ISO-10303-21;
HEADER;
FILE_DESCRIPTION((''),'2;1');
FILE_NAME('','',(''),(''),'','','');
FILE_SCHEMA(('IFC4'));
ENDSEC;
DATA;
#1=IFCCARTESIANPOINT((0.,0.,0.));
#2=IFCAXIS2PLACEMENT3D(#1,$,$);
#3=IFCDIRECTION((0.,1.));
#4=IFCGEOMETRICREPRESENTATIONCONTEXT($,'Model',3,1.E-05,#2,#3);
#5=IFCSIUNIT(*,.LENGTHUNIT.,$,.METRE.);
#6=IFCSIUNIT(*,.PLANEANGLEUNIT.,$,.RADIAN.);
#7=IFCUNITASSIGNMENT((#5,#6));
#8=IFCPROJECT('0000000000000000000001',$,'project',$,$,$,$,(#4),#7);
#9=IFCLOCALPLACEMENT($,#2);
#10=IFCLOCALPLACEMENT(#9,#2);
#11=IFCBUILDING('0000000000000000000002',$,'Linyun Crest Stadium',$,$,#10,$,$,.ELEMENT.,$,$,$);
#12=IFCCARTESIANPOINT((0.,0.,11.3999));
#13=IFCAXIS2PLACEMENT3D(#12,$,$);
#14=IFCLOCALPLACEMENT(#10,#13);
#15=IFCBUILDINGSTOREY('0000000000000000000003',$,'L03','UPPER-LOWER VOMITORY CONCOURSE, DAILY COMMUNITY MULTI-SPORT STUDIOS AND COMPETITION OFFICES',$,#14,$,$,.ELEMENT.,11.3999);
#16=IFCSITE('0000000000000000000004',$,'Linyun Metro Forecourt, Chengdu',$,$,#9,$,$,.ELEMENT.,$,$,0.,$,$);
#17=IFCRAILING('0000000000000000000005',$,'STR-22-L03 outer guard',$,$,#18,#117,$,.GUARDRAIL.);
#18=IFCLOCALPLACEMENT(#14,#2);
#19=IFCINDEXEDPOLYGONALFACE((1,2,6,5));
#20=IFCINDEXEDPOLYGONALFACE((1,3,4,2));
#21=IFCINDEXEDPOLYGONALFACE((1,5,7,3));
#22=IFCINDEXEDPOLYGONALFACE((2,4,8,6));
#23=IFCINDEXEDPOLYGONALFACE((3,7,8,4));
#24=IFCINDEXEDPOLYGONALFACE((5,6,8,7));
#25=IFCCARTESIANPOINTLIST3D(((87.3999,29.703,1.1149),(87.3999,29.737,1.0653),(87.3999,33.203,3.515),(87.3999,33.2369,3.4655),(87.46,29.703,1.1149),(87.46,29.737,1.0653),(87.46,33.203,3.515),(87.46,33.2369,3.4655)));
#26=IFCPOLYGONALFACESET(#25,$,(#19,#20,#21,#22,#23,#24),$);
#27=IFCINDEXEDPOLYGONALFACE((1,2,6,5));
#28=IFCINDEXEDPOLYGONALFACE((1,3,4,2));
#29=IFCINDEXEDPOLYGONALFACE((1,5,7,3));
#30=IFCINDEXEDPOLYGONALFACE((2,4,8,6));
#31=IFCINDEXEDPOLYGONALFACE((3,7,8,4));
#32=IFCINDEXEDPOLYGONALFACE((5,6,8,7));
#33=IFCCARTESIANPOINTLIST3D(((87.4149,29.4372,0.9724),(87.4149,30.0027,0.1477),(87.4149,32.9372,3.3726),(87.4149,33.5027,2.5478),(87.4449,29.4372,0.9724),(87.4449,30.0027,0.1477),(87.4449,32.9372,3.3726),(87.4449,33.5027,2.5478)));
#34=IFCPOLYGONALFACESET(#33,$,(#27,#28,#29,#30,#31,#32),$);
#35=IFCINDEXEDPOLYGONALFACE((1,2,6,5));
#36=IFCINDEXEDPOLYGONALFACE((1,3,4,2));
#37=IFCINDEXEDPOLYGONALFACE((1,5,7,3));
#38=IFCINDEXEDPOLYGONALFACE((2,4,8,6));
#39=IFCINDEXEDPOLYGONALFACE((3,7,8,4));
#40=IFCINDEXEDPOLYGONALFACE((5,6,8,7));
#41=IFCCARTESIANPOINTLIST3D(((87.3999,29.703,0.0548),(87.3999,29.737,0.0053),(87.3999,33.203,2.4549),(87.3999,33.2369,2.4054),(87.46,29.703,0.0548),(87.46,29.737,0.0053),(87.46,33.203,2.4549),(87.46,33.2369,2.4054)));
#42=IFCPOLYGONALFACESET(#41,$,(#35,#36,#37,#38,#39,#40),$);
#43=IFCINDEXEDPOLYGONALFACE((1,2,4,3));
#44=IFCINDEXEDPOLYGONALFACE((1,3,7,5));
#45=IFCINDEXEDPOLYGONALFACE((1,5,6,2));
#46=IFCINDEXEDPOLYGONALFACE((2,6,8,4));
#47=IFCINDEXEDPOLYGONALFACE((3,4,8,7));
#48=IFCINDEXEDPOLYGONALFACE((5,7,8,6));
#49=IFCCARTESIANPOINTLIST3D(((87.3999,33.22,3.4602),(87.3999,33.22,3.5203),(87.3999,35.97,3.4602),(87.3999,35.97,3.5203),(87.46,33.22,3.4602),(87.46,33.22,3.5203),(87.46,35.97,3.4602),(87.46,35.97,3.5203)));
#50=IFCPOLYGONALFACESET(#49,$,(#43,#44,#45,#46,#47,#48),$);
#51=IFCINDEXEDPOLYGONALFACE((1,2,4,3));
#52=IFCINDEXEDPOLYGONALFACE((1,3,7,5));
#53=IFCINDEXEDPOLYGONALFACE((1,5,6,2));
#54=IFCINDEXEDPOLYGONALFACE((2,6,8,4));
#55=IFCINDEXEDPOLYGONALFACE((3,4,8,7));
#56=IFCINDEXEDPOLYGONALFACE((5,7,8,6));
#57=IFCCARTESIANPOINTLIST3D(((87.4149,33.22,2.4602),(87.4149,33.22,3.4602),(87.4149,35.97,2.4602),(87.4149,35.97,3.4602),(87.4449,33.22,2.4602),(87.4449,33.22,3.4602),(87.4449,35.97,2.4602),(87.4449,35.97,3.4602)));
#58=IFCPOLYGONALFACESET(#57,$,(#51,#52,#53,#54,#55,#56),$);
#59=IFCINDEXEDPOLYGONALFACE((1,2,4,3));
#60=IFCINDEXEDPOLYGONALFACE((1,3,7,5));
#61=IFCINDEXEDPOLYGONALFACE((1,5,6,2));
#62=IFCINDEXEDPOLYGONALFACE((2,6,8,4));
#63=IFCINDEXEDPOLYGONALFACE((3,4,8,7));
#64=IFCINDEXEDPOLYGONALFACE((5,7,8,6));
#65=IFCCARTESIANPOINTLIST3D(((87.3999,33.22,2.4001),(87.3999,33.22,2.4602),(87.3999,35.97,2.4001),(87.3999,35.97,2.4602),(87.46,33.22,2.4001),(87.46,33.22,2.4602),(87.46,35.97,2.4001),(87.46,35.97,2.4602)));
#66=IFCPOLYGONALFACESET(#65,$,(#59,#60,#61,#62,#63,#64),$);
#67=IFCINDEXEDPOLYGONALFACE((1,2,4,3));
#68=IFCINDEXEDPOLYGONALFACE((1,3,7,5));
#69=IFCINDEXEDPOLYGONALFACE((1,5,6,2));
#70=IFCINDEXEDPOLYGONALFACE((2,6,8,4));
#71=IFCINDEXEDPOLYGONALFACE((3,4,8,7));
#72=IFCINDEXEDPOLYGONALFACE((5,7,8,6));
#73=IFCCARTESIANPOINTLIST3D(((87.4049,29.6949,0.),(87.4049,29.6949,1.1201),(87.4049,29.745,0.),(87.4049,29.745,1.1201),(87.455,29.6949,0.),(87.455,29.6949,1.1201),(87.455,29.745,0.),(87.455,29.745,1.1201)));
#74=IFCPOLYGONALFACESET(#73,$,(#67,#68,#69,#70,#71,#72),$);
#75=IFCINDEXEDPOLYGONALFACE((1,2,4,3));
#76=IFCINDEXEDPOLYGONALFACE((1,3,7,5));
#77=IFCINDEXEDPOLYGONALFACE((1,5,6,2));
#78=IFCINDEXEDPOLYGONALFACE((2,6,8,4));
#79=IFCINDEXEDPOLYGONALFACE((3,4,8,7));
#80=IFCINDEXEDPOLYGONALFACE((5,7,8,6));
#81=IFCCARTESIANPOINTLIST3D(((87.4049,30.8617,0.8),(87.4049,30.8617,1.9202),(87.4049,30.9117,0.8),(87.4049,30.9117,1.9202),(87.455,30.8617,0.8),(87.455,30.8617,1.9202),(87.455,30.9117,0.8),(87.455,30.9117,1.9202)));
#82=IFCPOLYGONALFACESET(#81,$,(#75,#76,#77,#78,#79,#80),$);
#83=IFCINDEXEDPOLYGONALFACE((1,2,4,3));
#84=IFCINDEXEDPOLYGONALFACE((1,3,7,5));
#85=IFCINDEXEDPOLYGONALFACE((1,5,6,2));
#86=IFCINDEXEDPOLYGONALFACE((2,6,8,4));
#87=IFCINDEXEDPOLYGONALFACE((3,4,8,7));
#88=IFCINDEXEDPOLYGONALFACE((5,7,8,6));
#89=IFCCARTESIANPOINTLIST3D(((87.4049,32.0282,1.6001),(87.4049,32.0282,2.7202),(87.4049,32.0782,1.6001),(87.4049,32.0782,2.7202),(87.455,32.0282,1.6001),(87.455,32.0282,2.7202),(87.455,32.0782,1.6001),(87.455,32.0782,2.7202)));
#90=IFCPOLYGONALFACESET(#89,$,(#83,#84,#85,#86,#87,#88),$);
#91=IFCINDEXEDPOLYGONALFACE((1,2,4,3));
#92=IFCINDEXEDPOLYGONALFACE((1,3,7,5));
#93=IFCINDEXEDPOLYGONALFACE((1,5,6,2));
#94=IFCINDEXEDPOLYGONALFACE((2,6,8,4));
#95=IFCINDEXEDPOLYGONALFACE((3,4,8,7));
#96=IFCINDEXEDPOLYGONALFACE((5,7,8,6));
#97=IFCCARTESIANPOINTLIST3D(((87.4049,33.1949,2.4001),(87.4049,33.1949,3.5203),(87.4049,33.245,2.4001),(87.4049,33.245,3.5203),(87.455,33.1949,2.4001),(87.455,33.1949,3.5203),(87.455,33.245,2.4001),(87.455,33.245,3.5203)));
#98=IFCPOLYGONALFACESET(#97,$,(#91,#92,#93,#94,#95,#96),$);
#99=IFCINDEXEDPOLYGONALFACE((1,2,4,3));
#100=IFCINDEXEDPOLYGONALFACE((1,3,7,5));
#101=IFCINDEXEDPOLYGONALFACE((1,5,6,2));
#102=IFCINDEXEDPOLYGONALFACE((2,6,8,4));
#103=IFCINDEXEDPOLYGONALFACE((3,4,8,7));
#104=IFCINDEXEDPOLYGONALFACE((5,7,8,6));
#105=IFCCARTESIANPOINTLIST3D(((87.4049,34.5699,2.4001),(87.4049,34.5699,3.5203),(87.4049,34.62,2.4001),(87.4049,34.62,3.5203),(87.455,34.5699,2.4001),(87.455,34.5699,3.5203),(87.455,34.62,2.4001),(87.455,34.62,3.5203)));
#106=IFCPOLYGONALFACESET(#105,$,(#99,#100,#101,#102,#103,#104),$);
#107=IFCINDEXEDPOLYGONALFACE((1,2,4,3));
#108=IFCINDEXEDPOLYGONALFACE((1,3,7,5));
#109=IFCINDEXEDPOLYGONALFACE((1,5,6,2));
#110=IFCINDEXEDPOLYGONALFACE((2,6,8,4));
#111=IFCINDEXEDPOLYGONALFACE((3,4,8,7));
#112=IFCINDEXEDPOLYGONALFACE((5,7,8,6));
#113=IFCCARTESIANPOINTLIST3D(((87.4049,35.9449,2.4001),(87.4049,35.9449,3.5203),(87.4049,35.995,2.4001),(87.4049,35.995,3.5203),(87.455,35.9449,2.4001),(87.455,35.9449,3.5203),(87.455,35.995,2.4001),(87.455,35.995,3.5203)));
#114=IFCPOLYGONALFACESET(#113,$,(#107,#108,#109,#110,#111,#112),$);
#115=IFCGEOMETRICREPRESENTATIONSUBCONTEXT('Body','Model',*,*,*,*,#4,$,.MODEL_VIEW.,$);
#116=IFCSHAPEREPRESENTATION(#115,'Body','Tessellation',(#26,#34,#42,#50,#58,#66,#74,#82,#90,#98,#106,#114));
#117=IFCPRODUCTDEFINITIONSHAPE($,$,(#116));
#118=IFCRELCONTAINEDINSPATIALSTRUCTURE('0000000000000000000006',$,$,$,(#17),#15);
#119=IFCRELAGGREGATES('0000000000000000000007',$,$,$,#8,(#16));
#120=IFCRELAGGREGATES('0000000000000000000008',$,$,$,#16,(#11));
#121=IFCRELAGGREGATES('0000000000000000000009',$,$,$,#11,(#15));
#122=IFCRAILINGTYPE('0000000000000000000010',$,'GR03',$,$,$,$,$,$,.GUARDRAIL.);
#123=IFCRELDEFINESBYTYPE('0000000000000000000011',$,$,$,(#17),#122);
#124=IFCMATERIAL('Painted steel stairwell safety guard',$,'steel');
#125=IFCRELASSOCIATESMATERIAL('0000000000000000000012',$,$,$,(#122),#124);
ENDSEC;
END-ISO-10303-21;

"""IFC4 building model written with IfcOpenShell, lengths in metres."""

from ifc_helpers import new_model, si_unit, direction, frame, origin, origin_2d, place, context, subcontext, project, spatial, rectangle, extrude, material, type_object, element, save


model = new_model("IFC4")

# Units and contexts
model_context = context("Model", 3, precision=1e-05, world=origin(), true_north=direction((0.0, 1.0)))
body_context = subcontext(model_context, "Body", "Model", "MODEL_VIEW")
ifc_project = project(units=[si_unit("LENGTHUNIT", "METRE"), si_unit("PLANEANGLEUNIT", "RADIAN")], contexts=[model_context])

# Site, building, storey
site_placement = place(None, origin())
site = spatial("IfcSite", under=ifc_project, at=site_placement, Name="Linyun Metro Forecourt, Chengdu", CompositionType="ELEMENT", RefElevation=0.0)
building_placement = place(site_placement, origin())
building = spatial("IfcBuilding", under=site, at=building_placement, Name="Linyun Crest Stadium", CompositionType="ELEMENT")
storey_placement = place(building_placement, frame((0.0, 0.0, 11.3999)))
storey = spatial("IfcBuildingStorey", under=building, at=storey_placement, Name="L03", Description="UPPER-LOWER VOMITORY CONCOURSE, DAILY COMMUNITY MULTI-SPORT STUDIOS AND COMPETITION OFFICES", CompositionType="ELEMENT", Elevation=11.3999)

# Railing
ifc_material_1 = material(Name="Painted steel stairwell safety guard", Category="steel")
railing_type_1 = type_object("IfcRailingType", Name="GR03", PredefinedType="GUARDRAIL", material=ifc_material_1)
railing_1_placement = place(storey_placement, frame((87.4299, 29.72, 0.0)))
element("IfcRailing", 1, at=railing_1_placement, inside=storey, type_object=railing_type_1, Name="STR-22-L03 outer guard", PredefinedType="GUARDRAIL", context=body_context, shape_type="SweptSolid", body=[
    extrude(rectangle(XDim=0.0601, YDim=0.0601, at=origin_2d()), frame((0.0, 0.0, 1.0901), z_axis=(0.0, 0.824713, 0.565552), x_axis=(-1.0, 0.0, 0.0)), (0.0, 0.0, 1.0), 4.2439),
    extrude(rectangle(XDim=0.03, YDim=1.0, at=origin_2d()), frame((0.0, 0.0, 0.5601), z_axis=(0.0, 0.824713, 0.565552), x_axis=(-1.0, 0.0, 0.0)), (0.0, 0.0, 1.0), 4.2439),
    extrude(rectangle(XDim=0.0601, YDim=0.0601, at=origin_2d()), frame((0.0, 0.0, 0.03), z_axis=(0.0, 0.824713, 0.565552), x_axis=(-1.0, 0.0, 0.0)), (0.0, 0.0, 1.0), 4.2439),
    extrude(rectangle(XDim=0.0601, YDim=0.0601, at=origin_2d()), frame((0.0, 3.5, 3.4902), z_axis=(0.0, 1.0, 0.0), x_axis=(-1.0, 0.0, 0.0)), (0.0, 0.0, 1.0), 2.75),
    extrude(rectangle(XDim=0.03, YDim=1.0, at=origin_2d()), frame((0.0, 3.5, 2.9602), z_axis=(0.0, 1.0, 0.0), x_axis=(-1.0, 0.0, 0.0)), (0.0, 0.0, 1.0), 2.75),
    extrude(rectangle(XDim=0.0601, YDim=0.0601, at=origin_2d()), frame((0.0, 3.5, 2.4302), z_axis=(0.0, 1.0, 0.0), x_axis=(-1.0, 0.0, 0.0)), (0.0, 0.0, 1.0), 2.75),
    extrude(rectangle(XDim=0.05, YDim=0.05, at=origin_2d()), origin(), (0.0, 0.0, 1.0), 1.1201),
    extrude(rectangle(XDim=0.05, YDim=0.05, at=origin_2d()), frame((0.0, 1.1667, 0.8)), (0.0, 0.0, 1.0), 1.1201),
    extrude(rectangle(XDim=0.05, YDim=0.05, at=origin_2d()), frame((0.0, 2.3333, 1.6001)), (0.0, 0.0, 1.0), 1.1201),
    extrude(rectangle(XDim=0.05, YDim=0.05, at=origin_2d()), frame((0.0, 3.5, 2.4001)), (0.0, 0.0, 1.0), 1.1201),
    extrude(rectangle(XDim=0.05, YDim=0.05, at=origin_2d()), frame((0.0, 4.875, 2.4001)), (0.0, 0.0, 1.0), 1.1201),
    extrude(rectangle(XDim=0.05, YDim=0.05, at=origin_2d()), frame((0.0, 6.25, 2.4001)), (0.0, 0.0, 1.0), 1.1201),
])

save(model, "model.ifc")
